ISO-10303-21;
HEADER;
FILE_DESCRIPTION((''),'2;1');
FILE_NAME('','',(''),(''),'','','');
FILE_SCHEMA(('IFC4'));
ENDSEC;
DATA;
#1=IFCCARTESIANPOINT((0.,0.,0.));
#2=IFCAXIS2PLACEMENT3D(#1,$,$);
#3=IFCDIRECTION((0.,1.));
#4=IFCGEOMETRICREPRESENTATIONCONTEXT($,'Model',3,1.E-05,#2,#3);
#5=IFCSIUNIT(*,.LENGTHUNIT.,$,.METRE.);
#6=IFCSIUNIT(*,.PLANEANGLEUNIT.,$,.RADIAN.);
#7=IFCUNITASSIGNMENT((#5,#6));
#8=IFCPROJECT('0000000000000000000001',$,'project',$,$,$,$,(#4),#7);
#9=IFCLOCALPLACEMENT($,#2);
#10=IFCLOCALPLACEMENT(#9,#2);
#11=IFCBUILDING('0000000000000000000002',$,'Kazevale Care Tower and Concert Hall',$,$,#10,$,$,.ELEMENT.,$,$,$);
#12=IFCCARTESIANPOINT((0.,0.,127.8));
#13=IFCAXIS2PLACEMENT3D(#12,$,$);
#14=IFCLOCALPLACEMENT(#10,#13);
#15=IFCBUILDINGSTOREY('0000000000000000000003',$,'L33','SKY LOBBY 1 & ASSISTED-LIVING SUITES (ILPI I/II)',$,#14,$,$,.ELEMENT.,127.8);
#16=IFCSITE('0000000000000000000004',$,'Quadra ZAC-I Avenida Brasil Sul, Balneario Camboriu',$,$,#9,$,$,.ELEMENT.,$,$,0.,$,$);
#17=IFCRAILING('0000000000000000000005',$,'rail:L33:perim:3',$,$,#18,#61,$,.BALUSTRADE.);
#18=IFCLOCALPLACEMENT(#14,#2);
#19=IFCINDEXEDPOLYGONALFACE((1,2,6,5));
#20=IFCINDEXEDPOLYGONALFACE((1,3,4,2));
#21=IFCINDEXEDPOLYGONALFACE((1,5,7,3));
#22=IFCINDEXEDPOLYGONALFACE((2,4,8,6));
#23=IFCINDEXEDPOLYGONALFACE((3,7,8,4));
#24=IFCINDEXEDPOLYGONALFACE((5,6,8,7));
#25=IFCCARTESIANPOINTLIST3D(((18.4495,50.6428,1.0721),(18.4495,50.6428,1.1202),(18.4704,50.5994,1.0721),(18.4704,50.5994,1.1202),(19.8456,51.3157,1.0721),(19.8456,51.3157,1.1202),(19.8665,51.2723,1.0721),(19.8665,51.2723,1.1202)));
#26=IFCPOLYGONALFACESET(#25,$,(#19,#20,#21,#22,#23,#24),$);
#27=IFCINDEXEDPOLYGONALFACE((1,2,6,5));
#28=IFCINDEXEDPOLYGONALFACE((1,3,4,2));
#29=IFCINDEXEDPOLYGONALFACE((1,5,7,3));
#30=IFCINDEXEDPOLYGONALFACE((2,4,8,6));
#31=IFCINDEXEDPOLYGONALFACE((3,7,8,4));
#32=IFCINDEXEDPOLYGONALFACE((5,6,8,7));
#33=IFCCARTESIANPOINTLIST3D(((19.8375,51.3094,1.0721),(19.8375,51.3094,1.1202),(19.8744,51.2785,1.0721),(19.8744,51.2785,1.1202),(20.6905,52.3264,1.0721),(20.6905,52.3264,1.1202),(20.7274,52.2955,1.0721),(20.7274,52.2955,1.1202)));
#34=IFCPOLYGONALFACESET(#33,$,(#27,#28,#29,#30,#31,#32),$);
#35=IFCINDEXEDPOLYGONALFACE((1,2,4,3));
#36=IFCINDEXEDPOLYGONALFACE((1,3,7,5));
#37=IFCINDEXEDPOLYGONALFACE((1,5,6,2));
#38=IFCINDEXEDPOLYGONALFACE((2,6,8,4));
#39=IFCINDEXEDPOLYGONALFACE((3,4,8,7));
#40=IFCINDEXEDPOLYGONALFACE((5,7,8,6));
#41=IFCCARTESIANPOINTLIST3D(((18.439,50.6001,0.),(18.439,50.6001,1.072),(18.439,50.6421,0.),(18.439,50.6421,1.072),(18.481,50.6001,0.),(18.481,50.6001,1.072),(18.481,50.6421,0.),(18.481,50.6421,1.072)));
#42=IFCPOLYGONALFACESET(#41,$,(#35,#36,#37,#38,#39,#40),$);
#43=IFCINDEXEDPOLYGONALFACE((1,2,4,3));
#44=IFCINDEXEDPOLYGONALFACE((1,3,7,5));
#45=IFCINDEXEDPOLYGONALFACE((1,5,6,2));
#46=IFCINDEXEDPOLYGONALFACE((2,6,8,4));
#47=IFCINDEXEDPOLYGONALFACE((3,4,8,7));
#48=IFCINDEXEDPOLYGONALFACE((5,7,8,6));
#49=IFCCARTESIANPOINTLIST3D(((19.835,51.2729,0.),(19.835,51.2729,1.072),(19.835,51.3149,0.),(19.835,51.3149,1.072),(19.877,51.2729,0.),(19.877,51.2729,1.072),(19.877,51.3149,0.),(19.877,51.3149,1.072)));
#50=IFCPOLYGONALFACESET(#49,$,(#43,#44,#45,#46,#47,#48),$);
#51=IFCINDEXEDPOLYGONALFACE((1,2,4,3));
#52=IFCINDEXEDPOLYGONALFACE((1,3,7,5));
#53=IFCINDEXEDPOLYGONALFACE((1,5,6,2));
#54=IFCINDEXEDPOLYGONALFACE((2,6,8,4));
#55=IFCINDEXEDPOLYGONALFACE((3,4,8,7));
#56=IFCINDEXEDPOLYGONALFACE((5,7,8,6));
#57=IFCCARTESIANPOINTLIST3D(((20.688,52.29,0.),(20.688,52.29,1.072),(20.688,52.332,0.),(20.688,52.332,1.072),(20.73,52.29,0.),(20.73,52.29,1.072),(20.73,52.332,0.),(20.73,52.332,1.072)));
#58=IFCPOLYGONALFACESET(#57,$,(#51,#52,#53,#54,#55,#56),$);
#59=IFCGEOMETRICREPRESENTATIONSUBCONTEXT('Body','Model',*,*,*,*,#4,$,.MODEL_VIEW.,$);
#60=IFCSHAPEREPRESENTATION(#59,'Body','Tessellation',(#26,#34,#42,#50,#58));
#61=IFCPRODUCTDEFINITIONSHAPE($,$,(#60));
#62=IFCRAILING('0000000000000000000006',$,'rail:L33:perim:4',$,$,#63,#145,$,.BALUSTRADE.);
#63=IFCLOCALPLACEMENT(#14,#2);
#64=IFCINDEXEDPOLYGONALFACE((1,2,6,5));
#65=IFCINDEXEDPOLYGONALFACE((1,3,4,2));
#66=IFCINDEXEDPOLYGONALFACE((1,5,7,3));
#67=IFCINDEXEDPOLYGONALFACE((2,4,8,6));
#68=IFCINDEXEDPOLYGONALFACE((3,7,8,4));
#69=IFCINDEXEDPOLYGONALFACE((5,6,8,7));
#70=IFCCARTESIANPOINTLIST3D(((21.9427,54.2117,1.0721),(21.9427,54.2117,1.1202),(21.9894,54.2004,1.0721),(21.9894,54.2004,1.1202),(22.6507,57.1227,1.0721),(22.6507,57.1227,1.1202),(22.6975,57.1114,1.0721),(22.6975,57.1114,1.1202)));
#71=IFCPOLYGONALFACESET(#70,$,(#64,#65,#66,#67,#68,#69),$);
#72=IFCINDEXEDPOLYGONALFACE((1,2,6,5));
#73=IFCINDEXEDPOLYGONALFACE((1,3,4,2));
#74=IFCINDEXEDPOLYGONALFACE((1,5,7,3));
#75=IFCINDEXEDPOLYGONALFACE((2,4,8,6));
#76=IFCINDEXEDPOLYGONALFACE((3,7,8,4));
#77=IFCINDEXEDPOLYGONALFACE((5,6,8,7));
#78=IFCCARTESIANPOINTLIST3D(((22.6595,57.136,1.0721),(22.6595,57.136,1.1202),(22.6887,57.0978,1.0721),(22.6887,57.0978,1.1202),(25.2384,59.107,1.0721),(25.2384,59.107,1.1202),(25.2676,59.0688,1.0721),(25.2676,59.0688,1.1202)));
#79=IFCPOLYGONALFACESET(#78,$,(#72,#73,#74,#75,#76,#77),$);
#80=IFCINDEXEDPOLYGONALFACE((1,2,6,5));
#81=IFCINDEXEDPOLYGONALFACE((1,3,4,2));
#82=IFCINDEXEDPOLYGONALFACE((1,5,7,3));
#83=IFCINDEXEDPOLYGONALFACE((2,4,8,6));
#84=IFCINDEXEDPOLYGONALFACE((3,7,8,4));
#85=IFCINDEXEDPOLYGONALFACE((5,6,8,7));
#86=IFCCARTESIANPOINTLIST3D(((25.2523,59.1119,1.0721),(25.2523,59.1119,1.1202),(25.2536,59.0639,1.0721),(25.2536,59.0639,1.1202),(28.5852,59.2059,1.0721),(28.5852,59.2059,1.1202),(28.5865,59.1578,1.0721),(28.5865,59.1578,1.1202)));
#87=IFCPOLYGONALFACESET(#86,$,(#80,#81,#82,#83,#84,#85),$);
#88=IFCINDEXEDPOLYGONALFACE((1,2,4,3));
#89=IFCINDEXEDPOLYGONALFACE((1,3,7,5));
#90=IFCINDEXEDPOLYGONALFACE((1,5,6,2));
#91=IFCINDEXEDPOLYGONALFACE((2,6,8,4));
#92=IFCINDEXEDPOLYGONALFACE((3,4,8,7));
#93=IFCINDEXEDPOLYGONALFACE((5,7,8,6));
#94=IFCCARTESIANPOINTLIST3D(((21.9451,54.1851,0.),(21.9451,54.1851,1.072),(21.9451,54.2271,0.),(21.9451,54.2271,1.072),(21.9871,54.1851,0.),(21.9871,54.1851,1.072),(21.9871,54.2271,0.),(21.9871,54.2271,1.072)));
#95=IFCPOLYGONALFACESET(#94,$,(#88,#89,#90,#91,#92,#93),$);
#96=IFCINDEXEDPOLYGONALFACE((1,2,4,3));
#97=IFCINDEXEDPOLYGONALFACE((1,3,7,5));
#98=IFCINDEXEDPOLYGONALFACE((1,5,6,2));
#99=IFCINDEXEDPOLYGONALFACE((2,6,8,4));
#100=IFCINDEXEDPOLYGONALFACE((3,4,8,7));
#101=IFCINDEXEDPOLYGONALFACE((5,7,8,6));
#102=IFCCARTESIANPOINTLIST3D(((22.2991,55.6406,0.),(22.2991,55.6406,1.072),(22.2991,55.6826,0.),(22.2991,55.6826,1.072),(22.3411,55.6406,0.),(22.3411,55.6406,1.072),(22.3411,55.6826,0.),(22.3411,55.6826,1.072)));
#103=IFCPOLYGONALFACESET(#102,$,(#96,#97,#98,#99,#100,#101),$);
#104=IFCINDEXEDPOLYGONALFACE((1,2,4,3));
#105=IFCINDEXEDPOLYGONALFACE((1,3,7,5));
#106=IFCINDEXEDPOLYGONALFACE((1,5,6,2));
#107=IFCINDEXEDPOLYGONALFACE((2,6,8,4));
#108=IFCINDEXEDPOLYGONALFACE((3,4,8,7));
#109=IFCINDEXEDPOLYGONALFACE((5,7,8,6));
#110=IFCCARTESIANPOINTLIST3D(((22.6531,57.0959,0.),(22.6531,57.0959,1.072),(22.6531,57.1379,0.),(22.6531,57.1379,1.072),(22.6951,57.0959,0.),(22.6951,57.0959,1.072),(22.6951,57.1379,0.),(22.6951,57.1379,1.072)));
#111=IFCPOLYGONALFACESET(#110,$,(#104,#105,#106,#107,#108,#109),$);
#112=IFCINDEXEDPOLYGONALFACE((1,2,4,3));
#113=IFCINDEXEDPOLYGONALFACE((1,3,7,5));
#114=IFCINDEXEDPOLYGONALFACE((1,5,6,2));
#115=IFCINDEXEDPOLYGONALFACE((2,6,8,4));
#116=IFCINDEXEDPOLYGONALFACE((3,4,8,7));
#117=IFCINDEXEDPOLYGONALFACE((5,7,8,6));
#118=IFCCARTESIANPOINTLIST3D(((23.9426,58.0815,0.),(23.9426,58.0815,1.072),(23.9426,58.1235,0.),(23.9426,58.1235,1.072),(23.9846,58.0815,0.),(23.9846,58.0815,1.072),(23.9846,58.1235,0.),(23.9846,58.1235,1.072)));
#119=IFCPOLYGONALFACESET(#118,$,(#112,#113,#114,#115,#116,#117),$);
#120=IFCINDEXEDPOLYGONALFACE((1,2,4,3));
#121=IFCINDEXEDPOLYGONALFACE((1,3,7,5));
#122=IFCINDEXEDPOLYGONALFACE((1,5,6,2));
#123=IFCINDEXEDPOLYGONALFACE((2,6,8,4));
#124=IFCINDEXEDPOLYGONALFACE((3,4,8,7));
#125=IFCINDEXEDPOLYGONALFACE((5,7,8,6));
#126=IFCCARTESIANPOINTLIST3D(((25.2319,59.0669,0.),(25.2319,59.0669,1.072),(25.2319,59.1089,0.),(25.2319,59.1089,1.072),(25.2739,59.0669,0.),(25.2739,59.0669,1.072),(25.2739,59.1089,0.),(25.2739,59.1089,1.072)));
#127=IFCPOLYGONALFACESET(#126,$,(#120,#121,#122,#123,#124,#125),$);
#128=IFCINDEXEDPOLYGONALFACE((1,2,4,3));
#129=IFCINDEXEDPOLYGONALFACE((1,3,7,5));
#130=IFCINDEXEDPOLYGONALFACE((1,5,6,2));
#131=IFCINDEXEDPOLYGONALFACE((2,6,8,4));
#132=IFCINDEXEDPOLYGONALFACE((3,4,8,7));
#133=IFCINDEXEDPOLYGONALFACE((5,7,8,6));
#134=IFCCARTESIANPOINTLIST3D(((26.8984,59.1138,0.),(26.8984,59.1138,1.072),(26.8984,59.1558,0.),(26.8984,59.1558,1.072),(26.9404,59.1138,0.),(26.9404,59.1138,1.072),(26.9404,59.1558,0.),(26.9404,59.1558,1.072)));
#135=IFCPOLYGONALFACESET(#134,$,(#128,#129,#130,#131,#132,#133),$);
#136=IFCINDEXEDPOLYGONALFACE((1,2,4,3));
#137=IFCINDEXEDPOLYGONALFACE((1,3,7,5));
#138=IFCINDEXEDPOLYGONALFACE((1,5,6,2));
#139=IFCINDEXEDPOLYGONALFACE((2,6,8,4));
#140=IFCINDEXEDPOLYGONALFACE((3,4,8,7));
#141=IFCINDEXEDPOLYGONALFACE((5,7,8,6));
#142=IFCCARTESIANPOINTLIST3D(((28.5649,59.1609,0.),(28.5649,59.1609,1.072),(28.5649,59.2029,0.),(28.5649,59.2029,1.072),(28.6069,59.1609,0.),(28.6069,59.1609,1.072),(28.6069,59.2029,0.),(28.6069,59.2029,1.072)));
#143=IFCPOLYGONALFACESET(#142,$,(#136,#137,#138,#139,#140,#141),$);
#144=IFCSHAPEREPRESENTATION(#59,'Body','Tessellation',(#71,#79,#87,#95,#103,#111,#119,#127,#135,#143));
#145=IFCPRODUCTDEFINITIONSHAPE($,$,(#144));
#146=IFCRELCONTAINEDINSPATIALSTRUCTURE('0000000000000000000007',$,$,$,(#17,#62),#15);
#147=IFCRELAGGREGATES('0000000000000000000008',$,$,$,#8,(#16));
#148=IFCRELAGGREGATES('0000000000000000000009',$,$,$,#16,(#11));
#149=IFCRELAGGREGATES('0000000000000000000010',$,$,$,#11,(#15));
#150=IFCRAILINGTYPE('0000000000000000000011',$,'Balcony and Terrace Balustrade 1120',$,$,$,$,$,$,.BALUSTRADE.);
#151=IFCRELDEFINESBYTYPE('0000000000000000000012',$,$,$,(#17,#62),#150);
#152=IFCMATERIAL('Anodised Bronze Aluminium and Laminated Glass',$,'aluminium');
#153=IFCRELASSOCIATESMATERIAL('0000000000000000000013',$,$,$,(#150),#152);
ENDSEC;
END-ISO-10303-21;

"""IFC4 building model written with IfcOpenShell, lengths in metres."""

from ifc_helpers import new_model, si_unit, direction, frame, origin, origin_2d, place, context, subcontext, project, spatial, rectangle, extrude, material, type_object, element, save


model = new_model("IFC4")

# Units and contexts
model_context = context("Model", 3, precision=1e-05, world=origin(), true_north=direction((0.0, 1.0)))
body_context = subcontext(model_context, "Body", "Model", "MODEL_VIEW")
ifc_project = project(units=[si_unit("LENGTHUNIT", "METRE"), si_unit("PLANEANGLEUNIT", "RADIAN")], contexts=[model_context])

# Site, building, storey
site_placement = place(None, origin())
site = spatial("IfcSite", under=ifc_project, at=site_placement, Name="Quadra ZAC-I Avenida Brasil Sul, Balneario Camboriu", CompositionType="ELEMENT", RefElevation=0.0)
building_placement = place(site_placement, origin())
building = spatial("IfcBuilding", under=site, at=building_placement, Name="Kazevale Care Tower and Concert Hall", CompositionType="ELEMENT")
storey_placement = place(building_placement, frame((0.0, 0.0, 127.8)))
storey = spatial("IfcBuildingStorey", under=building, at=storey_placement, Name="L33", Description="SKY LOBBY 1 & ASSISTED-LIVING SUITES (ILPI I/II)", CompositionType="ELEMENT", Elevation=127.8)

# Railings
ifc_material_1 = material(Name="Anodised Bronze Aluminium and Laminated Glass", Category="aluminium")
railing_type = type_object("IfcRailingType", Name="Balcony and Terrace Balustrade 1120", PredefinedType="BALUSTRADE", material=ifc_material_1)
railing_1_placement = place(storey_placement, frame((18.46, 50.6211, 0.0)))
element("IfcRailing", 1, at=railing_1_placement, inside=storey, type_object=railing_type, Name="rail:L33:perim:3", PredefinedType="BALUSTRADE", context=body_context, shape_type="SweptSolid", body=[
    extrude(rectangle(XDim=0.0481, YDim=0.0481, at=origin_2d()), frame((0.0, 0.0, 1.0962), z_axis=(0.900824, 0.434185, 0.0), x_axis=(-0.434185, 0.900824, 0.0)), (0.0, 0.0, 1.0), 1.5498),
    extrude(rectangle(XDim=0.0481, YDim=0.0481, at=origin_2d()), frame((1.396, 0.6729, 1.0962), z_axis=(0.642605, 0.766197, 0.0), x_axis=(-0.766197, 0.642605, 0.0)), (0.0, 0.0, 1.0), 1.3274),
    extrude(rectangle(XDim=0.042, YDim=0.042, at=origin_2d()), origin(), (0.0, 0.0, 1.0), 1.072),
    extrude(rectangle(XDim=0.042, YDim=0.042, at=origin_2d()), frame((1.396, 0.6729, 0.0)), (0.0, 0.0, 1.0), 1.072),
    extrude(rectangle(XDim=0.042, YDim=0.042, at=origin_2d()), frame((2.249, 1.6899, 0.0)), (0.0, 0.0, 1.0), 1.072),
])
railing_2_placement = place(storey_placement, frame((21.9661, 54.2061, 0.0)))
element("IfcRailing", 2, at=railing_2_placement, inside=storey, type_object=railing_type, Name="rail:L33:perim:4", PredefinedType="BALUSTRADE", context=body_context, shape_type="SweptSolid", body=[
    extrude(rectangle(XDim=0.0481, YDim=0.0481, at=origin_2d()), frame((0.0, 0.0, 1.0962), z_axis=(0.236337, 0.971671, 0.0), x_axis=(-0.971671, 0.236337, 0.0)), (0.0, 0.0, 1.0), 2.9958),
    extrude(rectangle(XDim=0.0481, YDim=0.0481, at=origin_2d()), frame((0.708, 2.9109, 1.0962), z_axis=(0.794524, 0.607232, 0.0), x_axis=(-0.607232, 0.794524, 0.0)), (0.0, 0.0, 1.0), 3.2458),
    extrude(rectangle(XDim=0.0481, YDim=0.0481, at=origin_2d()), frame((3.2869, 4.8818, 1.0962), z_axis=(0.999603, 0.02819, 0.0), x_axis=(-0.02819, 0.999603, 0.0)), (0.0, 0.0, 1.0), 3.3342),
    extrude(rectangle(XDim=0.042, YDim=0.042, at=origin_2d()), origin(), (0.0, 0.0, 1.0), 1.072),
    extrude(rectangle(XDim=0.042, YDim=0.042, at=origin_2d()), frame((0.354, 1.4556, 0.0)), (0.0, 0.0, 1.0), 1.072),
    extrude(rectangle(XDim=0.042, YDim=0.042, at=origin_2d()), frame((0.708, 2.9109, 0.0)), (0.0, 0.0, 1.0), 1.072),
    extrude(rectangle(XDim=0.042, YDim=0.042, at=origin_2d()), frame((1.9976, 3.8965, 0.0)), (0.0, 0.0, 1.0), 1.072),
    extrude(rectangle(XDim=0.042, YDim=0.042, at=origin_2d()), frame((3.2869, 4.8818, 0.0)), (0.0, 0.0, 1.0), 1.072),
    extrude(rectangle(XDim=0.042, YDim=0.042, at=origin_2d()), frame((4.9534, 4.9287, 0.0)), (0.0, 0.0, 1.0), 1.072),
    extrude(rectangle(XDim=0.042, YDim=0.042, at=origin_2d()), frame((6.6199, 4.9758, 0.0)), (0.0, 0.0, 1.0), 1.072),
])

save(model, "model.ifc")
